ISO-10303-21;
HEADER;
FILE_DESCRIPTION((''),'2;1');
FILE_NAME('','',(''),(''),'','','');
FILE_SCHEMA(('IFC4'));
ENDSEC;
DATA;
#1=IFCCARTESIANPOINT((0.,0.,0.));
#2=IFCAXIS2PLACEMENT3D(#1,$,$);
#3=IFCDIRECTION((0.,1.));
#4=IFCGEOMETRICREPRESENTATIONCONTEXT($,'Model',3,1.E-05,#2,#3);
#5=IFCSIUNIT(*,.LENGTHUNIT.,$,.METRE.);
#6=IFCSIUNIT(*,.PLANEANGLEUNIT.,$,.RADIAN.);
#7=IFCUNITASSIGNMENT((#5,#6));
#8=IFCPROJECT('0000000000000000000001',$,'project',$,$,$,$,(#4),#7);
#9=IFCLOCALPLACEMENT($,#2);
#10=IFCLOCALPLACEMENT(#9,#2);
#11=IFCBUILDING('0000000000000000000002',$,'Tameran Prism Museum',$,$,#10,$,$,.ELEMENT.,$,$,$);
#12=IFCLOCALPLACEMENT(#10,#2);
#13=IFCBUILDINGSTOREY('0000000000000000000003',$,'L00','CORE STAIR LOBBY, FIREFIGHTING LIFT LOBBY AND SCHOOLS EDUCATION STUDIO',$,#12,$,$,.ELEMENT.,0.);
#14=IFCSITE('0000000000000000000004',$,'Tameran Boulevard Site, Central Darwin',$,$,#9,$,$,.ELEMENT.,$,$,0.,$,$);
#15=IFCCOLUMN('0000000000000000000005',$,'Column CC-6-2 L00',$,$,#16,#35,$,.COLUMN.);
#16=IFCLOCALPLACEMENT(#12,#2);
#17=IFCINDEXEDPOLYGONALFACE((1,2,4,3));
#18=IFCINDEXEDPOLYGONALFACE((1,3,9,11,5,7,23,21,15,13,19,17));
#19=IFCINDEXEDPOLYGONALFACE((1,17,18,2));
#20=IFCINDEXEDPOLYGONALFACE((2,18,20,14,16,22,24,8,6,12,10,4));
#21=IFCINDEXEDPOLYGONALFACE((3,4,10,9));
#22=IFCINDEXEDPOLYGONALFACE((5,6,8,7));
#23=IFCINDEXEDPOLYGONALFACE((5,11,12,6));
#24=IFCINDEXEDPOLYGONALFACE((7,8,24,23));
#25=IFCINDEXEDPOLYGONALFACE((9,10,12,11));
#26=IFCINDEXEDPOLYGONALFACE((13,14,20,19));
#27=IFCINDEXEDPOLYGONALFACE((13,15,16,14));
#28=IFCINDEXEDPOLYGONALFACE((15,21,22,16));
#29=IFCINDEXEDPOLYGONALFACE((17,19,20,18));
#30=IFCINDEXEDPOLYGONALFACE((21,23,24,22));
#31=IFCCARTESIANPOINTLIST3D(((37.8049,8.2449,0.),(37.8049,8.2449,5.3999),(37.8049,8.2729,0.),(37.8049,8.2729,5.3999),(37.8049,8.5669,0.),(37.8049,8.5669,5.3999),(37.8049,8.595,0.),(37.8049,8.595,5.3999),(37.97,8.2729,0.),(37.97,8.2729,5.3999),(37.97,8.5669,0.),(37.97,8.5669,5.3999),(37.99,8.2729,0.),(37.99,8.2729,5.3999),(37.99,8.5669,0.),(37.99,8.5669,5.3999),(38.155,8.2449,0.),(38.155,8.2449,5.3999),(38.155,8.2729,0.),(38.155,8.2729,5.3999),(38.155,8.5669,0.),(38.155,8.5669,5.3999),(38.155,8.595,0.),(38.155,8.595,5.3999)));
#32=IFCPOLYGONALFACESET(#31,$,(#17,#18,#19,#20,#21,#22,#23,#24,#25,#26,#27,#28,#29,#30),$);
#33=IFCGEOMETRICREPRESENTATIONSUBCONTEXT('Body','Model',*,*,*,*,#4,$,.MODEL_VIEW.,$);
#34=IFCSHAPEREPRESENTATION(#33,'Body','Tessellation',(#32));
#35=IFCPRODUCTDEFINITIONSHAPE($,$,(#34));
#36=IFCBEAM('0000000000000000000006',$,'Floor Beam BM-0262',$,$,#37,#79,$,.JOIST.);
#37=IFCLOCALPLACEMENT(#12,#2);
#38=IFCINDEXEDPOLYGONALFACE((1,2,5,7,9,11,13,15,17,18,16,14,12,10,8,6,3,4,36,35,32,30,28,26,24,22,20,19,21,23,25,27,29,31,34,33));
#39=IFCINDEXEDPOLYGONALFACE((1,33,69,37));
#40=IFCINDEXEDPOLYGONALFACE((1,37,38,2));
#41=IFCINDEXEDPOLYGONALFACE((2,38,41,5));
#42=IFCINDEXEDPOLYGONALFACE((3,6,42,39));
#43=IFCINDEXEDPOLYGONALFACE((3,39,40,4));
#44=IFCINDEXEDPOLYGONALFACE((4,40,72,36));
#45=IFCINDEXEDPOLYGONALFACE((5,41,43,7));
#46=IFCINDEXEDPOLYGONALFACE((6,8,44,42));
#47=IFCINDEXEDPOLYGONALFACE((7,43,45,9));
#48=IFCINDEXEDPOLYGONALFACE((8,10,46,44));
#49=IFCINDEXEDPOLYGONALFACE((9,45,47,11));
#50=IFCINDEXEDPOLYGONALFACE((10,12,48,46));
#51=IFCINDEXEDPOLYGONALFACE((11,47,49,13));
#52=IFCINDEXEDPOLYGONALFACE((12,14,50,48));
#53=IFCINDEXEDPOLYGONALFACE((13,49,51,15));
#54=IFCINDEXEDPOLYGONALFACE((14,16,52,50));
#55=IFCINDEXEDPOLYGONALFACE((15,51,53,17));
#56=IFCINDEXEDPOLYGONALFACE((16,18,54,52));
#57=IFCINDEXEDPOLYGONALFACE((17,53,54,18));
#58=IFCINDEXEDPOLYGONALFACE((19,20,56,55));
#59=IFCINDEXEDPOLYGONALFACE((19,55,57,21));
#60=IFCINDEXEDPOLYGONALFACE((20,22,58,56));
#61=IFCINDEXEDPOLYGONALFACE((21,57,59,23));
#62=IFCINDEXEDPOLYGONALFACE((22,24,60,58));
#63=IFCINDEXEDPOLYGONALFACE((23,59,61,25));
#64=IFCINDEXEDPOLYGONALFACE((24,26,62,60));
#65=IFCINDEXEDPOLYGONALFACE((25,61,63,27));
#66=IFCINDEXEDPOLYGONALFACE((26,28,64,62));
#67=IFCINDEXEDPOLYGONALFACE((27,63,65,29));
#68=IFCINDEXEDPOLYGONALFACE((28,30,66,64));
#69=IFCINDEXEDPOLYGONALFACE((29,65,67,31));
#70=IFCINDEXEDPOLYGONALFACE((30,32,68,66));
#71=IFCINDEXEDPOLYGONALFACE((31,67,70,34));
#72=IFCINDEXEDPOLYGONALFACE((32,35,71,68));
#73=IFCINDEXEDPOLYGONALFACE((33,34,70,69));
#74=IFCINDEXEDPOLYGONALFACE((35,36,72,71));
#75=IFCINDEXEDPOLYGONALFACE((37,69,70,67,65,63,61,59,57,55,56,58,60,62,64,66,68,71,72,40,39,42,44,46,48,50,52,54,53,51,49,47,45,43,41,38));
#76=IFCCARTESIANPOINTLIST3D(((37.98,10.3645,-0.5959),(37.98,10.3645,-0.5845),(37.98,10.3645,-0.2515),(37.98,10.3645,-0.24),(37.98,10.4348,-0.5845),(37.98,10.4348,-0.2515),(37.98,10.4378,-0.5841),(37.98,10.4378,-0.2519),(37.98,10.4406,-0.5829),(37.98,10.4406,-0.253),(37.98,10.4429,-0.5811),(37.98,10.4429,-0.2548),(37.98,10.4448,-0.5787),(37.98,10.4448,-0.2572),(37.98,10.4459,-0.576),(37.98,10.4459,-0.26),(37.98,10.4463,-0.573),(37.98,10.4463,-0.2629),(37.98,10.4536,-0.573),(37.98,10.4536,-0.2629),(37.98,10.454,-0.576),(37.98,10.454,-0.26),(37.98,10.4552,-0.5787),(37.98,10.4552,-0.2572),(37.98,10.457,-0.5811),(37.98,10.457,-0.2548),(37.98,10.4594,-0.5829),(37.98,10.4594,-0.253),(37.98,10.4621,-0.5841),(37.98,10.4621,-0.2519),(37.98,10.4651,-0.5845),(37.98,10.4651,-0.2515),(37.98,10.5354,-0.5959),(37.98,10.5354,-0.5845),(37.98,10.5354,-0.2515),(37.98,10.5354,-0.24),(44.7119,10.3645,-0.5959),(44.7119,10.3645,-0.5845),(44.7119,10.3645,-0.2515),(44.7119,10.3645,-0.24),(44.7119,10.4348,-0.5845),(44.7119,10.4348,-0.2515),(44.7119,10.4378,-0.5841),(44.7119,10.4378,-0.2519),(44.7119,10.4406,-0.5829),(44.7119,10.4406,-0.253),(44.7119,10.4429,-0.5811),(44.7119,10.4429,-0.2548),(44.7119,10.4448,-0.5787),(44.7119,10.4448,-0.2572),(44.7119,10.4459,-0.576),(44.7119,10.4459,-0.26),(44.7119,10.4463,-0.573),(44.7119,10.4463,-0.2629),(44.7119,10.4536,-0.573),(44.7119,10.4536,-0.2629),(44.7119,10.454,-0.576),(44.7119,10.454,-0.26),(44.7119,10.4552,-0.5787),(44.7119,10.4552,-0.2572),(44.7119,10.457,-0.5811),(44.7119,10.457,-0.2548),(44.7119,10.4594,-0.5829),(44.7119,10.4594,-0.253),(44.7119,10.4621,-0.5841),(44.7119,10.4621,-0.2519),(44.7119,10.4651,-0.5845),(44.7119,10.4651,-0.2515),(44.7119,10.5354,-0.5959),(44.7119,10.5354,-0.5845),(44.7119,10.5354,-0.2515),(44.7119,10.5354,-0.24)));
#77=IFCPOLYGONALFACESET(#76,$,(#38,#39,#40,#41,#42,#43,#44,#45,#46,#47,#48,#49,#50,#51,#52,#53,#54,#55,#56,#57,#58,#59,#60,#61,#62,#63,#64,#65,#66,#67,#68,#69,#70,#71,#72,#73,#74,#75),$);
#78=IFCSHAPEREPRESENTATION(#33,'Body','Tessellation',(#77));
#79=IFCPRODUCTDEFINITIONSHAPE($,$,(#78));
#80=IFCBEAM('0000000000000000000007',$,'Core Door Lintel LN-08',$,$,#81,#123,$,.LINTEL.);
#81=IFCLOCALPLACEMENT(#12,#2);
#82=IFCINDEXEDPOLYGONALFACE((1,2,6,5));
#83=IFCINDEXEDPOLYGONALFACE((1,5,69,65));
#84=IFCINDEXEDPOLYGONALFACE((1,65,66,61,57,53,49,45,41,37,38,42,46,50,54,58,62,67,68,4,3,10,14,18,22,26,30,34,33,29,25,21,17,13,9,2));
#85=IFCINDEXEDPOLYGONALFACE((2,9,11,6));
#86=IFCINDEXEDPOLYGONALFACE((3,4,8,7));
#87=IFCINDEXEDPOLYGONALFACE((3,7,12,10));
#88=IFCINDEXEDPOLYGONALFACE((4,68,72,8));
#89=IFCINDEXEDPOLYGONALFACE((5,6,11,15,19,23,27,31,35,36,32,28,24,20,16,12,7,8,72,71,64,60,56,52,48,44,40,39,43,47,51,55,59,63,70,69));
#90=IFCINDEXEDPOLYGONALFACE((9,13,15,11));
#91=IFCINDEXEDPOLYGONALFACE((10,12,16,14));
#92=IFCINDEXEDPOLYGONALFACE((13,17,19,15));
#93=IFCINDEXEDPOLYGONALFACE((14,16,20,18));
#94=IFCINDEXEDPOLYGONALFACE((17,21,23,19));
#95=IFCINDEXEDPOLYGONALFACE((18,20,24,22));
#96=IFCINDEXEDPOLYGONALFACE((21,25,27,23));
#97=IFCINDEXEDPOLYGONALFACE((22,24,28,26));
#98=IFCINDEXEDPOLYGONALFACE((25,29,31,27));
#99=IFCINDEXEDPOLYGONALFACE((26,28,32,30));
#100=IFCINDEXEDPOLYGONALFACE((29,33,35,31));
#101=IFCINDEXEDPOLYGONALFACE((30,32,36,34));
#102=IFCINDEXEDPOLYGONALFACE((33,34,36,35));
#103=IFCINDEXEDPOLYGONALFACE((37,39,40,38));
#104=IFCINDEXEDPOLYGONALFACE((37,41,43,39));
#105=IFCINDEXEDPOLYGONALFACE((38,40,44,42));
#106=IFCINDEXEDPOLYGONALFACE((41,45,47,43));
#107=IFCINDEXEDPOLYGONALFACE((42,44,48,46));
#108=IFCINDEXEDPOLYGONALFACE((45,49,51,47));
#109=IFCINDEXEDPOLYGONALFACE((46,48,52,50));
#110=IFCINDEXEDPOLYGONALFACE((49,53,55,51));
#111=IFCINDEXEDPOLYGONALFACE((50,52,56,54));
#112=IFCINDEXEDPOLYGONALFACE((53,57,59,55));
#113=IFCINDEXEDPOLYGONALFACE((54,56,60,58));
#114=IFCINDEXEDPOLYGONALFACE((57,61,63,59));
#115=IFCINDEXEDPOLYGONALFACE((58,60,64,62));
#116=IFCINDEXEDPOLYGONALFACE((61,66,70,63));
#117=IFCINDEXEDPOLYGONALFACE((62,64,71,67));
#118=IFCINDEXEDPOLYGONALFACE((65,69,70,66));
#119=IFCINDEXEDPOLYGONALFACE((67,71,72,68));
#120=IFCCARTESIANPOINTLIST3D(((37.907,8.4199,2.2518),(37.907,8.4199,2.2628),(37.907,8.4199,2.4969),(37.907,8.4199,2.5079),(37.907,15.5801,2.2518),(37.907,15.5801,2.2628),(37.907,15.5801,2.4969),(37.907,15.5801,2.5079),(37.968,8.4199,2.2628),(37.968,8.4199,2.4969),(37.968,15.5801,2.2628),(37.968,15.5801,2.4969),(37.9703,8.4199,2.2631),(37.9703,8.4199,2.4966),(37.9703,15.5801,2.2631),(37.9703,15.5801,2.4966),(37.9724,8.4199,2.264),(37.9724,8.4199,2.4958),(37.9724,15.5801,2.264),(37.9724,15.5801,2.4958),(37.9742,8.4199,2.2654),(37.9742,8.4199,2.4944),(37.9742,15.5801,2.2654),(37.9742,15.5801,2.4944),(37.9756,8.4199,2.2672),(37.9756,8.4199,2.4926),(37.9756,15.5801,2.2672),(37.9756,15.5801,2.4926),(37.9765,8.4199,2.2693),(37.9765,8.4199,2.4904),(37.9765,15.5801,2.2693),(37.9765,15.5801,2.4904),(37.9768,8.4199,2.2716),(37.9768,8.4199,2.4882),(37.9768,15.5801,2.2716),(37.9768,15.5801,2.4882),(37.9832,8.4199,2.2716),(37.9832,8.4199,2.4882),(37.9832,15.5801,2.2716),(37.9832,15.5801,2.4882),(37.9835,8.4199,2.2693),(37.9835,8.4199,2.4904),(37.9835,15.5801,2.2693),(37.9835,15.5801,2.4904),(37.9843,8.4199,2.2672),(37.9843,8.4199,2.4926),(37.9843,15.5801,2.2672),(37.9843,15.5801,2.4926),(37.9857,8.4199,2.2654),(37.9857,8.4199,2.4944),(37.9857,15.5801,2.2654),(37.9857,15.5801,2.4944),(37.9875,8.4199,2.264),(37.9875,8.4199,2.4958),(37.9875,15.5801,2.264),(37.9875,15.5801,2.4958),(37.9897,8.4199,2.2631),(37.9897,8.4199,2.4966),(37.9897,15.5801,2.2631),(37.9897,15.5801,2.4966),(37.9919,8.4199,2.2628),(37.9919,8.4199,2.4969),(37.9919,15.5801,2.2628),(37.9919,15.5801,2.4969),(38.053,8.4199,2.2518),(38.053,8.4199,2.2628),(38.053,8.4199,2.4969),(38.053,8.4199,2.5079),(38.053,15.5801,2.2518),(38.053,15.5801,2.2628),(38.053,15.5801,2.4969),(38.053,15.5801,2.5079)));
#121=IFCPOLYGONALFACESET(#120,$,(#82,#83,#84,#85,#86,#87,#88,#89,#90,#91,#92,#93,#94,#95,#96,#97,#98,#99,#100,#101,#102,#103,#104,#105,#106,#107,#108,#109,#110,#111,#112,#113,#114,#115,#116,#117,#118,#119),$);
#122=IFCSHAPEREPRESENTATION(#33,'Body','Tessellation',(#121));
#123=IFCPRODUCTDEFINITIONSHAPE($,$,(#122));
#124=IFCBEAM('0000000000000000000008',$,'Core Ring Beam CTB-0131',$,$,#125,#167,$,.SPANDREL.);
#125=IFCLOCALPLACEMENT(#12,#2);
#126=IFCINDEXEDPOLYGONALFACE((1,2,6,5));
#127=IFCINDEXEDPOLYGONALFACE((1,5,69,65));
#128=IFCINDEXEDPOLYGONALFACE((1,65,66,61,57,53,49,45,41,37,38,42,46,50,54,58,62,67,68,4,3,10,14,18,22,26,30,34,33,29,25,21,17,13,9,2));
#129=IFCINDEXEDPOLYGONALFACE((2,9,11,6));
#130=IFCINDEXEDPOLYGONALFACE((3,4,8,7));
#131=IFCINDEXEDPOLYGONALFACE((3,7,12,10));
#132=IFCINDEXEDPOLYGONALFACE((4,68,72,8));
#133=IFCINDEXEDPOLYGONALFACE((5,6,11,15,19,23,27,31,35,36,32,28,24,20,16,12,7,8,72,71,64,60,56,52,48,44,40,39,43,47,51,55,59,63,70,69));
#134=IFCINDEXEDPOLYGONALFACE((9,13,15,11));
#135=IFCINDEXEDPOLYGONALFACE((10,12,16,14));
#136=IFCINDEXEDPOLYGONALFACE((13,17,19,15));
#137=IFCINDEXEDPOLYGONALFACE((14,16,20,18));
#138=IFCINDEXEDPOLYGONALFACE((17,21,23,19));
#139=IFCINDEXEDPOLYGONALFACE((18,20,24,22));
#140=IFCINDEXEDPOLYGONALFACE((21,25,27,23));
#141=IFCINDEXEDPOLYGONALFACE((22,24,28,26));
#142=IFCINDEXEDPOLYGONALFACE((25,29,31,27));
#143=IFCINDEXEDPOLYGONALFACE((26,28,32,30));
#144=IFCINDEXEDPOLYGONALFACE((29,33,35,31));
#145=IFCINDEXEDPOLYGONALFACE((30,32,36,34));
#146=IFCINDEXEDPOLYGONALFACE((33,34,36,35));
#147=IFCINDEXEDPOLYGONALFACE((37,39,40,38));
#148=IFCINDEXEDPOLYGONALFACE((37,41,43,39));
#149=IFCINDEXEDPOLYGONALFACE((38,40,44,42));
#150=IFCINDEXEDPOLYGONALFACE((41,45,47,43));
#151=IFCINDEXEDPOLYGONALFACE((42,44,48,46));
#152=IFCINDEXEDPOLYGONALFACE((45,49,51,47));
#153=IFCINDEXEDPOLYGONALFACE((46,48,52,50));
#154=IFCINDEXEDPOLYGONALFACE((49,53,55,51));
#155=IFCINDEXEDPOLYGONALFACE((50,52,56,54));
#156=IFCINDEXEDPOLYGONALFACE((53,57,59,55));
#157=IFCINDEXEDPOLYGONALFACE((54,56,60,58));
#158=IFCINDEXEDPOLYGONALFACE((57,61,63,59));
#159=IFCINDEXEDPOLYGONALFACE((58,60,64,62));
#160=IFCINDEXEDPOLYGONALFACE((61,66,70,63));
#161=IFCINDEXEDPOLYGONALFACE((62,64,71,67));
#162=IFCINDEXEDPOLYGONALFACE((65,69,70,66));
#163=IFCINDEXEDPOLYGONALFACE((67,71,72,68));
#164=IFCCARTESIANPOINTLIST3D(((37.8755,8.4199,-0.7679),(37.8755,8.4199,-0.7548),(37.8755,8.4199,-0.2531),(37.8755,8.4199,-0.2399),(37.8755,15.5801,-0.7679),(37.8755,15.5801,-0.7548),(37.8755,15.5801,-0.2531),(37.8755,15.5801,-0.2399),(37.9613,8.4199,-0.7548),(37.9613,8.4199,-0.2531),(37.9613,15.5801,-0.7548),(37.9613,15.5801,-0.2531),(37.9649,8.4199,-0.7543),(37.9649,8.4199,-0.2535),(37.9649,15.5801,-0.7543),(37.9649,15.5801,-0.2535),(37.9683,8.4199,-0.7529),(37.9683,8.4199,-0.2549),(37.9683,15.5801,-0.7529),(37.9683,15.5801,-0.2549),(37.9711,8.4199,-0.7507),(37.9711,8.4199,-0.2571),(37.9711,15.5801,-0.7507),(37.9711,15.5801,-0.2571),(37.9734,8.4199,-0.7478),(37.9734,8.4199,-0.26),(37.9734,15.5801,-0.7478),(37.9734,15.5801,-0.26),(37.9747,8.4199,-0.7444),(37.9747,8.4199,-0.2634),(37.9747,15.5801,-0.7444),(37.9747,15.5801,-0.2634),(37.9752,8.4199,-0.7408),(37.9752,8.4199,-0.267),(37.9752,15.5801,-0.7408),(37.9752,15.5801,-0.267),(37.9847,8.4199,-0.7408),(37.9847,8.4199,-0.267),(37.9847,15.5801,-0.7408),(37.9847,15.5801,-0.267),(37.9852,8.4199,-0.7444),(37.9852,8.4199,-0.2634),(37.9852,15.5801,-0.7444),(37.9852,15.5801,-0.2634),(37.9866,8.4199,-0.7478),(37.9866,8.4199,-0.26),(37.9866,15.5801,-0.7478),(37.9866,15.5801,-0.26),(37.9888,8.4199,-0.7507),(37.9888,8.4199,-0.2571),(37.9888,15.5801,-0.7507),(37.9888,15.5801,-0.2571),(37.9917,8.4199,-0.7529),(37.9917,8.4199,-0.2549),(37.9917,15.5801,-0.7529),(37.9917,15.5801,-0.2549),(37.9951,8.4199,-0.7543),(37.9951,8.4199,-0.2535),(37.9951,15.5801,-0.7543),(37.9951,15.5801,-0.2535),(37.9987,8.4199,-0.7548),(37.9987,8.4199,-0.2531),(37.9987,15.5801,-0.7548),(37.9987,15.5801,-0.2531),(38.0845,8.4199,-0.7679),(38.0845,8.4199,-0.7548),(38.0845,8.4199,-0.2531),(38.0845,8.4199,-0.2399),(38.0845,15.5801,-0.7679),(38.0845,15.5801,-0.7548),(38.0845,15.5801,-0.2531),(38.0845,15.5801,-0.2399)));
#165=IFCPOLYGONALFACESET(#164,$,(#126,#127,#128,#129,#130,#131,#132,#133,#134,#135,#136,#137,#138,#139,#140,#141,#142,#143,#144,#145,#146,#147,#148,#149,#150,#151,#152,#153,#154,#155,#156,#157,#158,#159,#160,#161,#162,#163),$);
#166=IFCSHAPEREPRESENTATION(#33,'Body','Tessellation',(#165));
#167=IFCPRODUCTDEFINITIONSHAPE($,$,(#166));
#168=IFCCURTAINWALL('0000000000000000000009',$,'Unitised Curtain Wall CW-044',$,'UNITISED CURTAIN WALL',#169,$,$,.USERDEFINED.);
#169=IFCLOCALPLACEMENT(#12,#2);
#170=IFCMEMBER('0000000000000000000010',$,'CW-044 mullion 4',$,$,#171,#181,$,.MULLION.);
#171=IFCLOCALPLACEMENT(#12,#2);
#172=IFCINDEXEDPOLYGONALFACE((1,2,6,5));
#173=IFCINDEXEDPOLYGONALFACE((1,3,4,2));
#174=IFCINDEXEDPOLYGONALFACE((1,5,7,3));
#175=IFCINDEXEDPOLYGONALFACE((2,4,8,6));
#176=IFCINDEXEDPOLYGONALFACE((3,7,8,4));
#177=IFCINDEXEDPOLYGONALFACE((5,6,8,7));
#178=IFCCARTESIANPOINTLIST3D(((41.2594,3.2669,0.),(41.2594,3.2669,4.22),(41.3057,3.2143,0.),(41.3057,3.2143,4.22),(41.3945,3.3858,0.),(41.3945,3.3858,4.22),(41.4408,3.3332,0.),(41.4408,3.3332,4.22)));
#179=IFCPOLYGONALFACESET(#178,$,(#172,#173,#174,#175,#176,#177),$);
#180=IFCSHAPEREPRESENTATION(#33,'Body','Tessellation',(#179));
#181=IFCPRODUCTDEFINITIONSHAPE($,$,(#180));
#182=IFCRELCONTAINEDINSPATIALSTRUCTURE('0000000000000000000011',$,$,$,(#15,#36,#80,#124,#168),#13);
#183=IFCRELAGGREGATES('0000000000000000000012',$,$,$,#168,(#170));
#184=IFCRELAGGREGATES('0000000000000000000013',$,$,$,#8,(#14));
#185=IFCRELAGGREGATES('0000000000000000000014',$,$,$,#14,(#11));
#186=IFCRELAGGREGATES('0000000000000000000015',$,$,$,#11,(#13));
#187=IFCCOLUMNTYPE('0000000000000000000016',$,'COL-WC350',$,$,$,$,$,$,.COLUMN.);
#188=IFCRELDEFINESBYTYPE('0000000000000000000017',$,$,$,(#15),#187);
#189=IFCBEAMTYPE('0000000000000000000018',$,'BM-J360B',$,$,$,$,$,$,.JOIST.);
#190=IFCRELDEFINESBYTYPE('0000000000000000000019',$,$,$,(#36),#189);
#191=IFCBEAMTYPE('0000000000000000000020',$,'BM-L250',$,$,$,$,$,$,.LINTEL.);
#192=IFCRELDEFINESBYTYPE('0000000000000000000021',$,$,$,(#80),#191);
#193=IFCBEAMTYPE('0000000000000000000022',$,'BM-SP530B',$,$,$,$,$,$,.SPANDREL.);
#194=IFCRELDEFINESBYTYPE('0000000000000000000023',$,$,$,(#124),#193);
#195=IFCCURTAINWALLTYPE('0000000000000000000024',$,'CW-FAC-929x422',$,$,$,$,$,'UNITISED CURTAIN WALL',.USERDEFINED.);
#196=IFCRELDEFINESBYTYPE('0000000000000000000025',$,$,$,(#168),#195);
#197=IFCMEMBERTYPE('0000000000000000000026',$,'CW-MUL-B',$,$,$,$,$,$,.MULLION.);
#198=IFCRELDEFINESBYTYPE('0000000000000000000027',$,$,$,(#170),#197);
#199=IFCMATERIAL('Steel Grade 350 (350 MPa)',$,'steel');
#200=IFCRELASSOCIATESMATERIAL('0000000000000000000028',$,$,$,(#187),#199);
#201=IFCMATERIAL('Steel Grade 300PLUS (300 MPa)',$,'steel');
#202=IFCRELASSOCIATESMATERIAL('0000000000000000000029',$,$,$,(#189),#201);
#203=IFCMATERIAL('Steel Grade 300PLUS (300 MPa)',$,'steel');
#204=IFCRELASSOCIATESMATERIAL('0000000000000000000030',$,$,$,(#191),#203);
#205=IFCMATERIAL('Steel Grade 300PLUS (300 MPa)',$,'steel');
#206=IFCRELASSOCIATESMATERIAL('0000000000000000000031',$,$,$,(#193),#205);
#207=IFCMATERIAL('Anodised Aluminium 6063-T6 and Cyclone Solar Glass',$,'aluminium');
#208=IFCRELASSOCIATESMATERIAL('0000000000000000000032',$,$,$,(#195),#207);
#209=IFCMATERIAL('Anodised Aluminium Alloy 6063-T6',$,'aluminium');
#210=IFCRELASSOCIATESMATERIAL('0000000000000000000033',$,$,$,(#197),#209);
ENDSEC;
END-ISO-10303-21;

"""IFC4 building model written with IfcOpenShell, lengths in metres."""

from ifc_helpers import new_model, si_unit, direction, frame, origin, origin_2d, place, context, subcontext, project, spatial, rectangle, i_section, extrude, material, material_profile, profile_set, type_object, element, aggregate, save


model = new_model("IFC4")

# Units and contexts
model_context = context("Model", 3, precision=1e-05, world=origin(), true_north=direction((0.0, 1.0)))
body_context = subcontext(model_context, "Body", "Model", "MODEL_VIEW")
ifc_project = project(units=[si_unit("LENGTHUNIT", "METRE"), si_unit("PLANEANGLEUNIT", "RADIAN")], contexts=[model_context])

# Site, building, storey
site_placement = place(None, origin())
site = spatial("IfcSite", under=ifc_project, at=site_placement, Name="Tameran Boulevard Site, Central Darwin", CompositionType="ELEMENT", RefElevation=0.0)
building_placement = place(site_placement, origin())
building = spatial("IfcBuilding", under=site, at=building_placement, Name="Tameran Prism Museum", CompositionType="ELEMENT")
storey_placement = place(building_placement, origin())
storey = spatial("IfcBuildingStorey", under=building, at=storey_placement, Name="L00", Description="CORE STAIR LOBBY, FIREFIGHTING LIFT LOBBY AND SCHOOLS EDUCATION STUDIO", CompositionType="ELEMENT", Elevation=0.0)

# Column
ifc_material_1 = material(Name="Steel Grade 350 (350 MPa)", Category="steel")
ifc_material_profile_1 = material_profile(ifc_material_1, i_section(OverallWidth=0.3501, OverallDepth=0.3501, WebThickness=0.02, FlangeThickness=0.0281, at=origin_2d()))
ifc_profile_set_1 = profile_set([ifc_material_profile_1])
column_type = type_object("IfcColumnType", Name="COL-WC350", PredefinedType="COLUMN", material=ifc_profile_set_1)
column_placement = place(storey_placement, frame((37.98, 8.4199, 0.0), z_axis=(0.0, 0.0, 1.0), x_axis=(1.0, 0.0, 0.0)))
element("IfcColumn", 1, at=column_placement, inside=storey, type_object=column_type, Name="Column CC-6-2 L00", PredefinedType="COLUMN", context=body_context, shape_type="SweptSolid", body=[
    extrude(i_section(OverallWidth=0.3501, OverallDepth=0.3501, WebThickness=0.02, FlangeThickness=0.0281, at=origin_2d()), origin(), (0.0, 0.0, 1.0), 5.3999),
])

# Beams
ifc_material_2 = material(Name="Steel Grade 300PLUS (300 MPa)", Category="steel")
ifc_material_profile_2 = material_profile(ifc_material_2, i_section(OverallWidth=0.1709, OverallDepth=0.356, WebThickness=0.0073, FlangeThickness=0.0115, FilletRadius=0.0115, at=origin_2d()))
ifc_profile_set_2 = profile_set([ifc_material_profile_2])
beam_type_1 = type_object("IfcBeamType", Name="BM-J360B", PredefinedType="JOIST", material=ifc_profile_set_2)
beam_1_placement = place(storey_placement, frame((37.98, 10.45, -0.418), z_axis=(1.0, 0.0, 0.0), x_axis=(0.0, 1.0, 0.0)))
element("IfcBeam", 2, at=beam_1_placement, inside=storey, type_object=beam_type_1, Name="Floor Beam BM-0262", PredefinedType="JOIST", context=body_context, shape_type="SweptSolid", body=[
    extrude(i_section(OverallWidth=0.1709, OverallDepth=0.356, WebThickness=0.0073, FlangeThickness=0.0115, FilletRadius=0.0115, at=origin_2d()), origin(), (0.0, 0.0, 1.0), 6.7319),
])
ifc_material_3 = material(Name="Steel Grade 300PLUS (300 MPa)", Category="steel")
ifc_material_profile_3 = material_profile(ifc_material_3, i_section(OverallWidth=0.146, OverallDepth=0.2561, WebThickness=0.0063, FlangeThickness=0.011, FilletRadius=0.0088, at=origin_2d()))
ifc_profile_set_3 = profile_set([ifc_material_profile_3])
beam_type_2 = type_object("IfcBeamType", Name="BM-L250", PredefinedType="LINTEL", material=ifc_profile_set_3)
beam_2_placement = place(storey_placement, frame((37.98, 8.4199, 2.3799), z_axis=(0.0, 1.0, 0.0), x_axis=(-1.0, 0.0, 0.0)))
element("IfcBeam", 3, at=beam_2_placement, inside=storey, type_object=beam_type_2, Name="Core Door Lintel LN-08", PredefinedType="LINTEL", context=body_context, shape_type="SweptSolid", body=[
    extrude(i_section(OverallWidth=0.146, OverallDepth=0.2561, WebThickness=0.0063, FlangeThickness=0.011, FilletRadius=0.0088, at=origin_2d()), origin(), (0.0, 0.0, 1.0), 7.1602),
])
ifc_material_4 = material(Name="Steel Grade 300PLUS (300 MPa)", Category="steel")
ifc_material_profile_4 = material_profile(ifc_material_4, i_section(OverallWidth=0.209, OverallDepth=0.5281, WebThickness=0.0095, FlangeThickness=0.0132, FilletRadius=0.0139, at=origin_2d()))
ifc_profile_set_4 = profile_set([ifc_material_profile_4])
beam_type_3 = type_object("IfcBeamType", Name="BM-SP530B", PredefinedType="SPANDREL", material=ifc_profile_set_4)
beam_3_placement = place(storey_placement, frame((37.98, 8.4199, -0.5039), z_axis=(0.0, 1.0, 0.0), x_axis=(-1.0, 0.0, 0.0)))
element("IfcBeam", 4, at=beam_3_placement, inside=storey, type_object=beam_type_3, Name="Core Ring Beam CTB-0131", PredefinedType="SPANDREL", context=body_context, shape_type="SweptSolid", body=[
    extrude(i_section(OverallWidth=0.209, OverallDepth=0.5281, WebThickness=0.0095, FlangeThickness=0.0132, FilletRadius=0.0139, at=origin_2d()), origin(), (0.0, 0.0, 1.0), 7.1602),
])

# Curtain wall, member
ifc_material_5 = material(Name="Anodised Aluminium 6063-T6 and Cyclone Solar Glass", Category="aluminium")
curtain_wall_type = type_object("IfcCurtainWallType", Name="CW-FAC-929x422", ElementType="UNITISED CURTAIN WALL", PredefinedType="USERDEFINED", material=ifc_material_5)
curtain_wall_placement = place(storey_placement, origin())
curtain_wall = element("IfcCurtainWall", 5, at=curtain_wall_placement, inside=storey, type_object=curtain_wall_type, Name="Unitised Curtain Wall CW-044", ObjectType="UNITISED CURTAIN WALL", PredefinedType="USERDEFINED")
ifc_material_6 = material(Name="Anodised Aluminium Alloy 6063-T6", Category="aluminium")
ifc_material_profile_5 = material_profile(ifc_material_6, rectangle(XDim=0.0701, YDim=0.1799, at=origin_2d()))
ifc_profile_set_5 = profile_set([ifc_material_profile_5])
member_type_1 = type_object("IfcMemberType", Name="CW-MUL-B", PredefinedType="MULLION", material=ifc_profile_set_5)
member_1_placement = place(storey_placement, frame((41.3501, 3.3, 0.0), z_axis=(0.0, 0.0, 1.0), x_axis=(0.660681, -0.750667, 0.0)))
member_1 = element("IfcMember", 6, at=member_1_placement, type_object=member_type_1, Name="CW-044 mullion 4", PredefinedType="MULLION", context=body_context, shape_type="SweptSolid", body=[
    extrude(rectangle(XDim=0.0701, YDim=0.1799, at=origin_2d()), origin(), (0.0, 0.0, 1.0), 4.22),
])
aggregate(curtain_wall, [member_1])

save(model, "model.ifc")
